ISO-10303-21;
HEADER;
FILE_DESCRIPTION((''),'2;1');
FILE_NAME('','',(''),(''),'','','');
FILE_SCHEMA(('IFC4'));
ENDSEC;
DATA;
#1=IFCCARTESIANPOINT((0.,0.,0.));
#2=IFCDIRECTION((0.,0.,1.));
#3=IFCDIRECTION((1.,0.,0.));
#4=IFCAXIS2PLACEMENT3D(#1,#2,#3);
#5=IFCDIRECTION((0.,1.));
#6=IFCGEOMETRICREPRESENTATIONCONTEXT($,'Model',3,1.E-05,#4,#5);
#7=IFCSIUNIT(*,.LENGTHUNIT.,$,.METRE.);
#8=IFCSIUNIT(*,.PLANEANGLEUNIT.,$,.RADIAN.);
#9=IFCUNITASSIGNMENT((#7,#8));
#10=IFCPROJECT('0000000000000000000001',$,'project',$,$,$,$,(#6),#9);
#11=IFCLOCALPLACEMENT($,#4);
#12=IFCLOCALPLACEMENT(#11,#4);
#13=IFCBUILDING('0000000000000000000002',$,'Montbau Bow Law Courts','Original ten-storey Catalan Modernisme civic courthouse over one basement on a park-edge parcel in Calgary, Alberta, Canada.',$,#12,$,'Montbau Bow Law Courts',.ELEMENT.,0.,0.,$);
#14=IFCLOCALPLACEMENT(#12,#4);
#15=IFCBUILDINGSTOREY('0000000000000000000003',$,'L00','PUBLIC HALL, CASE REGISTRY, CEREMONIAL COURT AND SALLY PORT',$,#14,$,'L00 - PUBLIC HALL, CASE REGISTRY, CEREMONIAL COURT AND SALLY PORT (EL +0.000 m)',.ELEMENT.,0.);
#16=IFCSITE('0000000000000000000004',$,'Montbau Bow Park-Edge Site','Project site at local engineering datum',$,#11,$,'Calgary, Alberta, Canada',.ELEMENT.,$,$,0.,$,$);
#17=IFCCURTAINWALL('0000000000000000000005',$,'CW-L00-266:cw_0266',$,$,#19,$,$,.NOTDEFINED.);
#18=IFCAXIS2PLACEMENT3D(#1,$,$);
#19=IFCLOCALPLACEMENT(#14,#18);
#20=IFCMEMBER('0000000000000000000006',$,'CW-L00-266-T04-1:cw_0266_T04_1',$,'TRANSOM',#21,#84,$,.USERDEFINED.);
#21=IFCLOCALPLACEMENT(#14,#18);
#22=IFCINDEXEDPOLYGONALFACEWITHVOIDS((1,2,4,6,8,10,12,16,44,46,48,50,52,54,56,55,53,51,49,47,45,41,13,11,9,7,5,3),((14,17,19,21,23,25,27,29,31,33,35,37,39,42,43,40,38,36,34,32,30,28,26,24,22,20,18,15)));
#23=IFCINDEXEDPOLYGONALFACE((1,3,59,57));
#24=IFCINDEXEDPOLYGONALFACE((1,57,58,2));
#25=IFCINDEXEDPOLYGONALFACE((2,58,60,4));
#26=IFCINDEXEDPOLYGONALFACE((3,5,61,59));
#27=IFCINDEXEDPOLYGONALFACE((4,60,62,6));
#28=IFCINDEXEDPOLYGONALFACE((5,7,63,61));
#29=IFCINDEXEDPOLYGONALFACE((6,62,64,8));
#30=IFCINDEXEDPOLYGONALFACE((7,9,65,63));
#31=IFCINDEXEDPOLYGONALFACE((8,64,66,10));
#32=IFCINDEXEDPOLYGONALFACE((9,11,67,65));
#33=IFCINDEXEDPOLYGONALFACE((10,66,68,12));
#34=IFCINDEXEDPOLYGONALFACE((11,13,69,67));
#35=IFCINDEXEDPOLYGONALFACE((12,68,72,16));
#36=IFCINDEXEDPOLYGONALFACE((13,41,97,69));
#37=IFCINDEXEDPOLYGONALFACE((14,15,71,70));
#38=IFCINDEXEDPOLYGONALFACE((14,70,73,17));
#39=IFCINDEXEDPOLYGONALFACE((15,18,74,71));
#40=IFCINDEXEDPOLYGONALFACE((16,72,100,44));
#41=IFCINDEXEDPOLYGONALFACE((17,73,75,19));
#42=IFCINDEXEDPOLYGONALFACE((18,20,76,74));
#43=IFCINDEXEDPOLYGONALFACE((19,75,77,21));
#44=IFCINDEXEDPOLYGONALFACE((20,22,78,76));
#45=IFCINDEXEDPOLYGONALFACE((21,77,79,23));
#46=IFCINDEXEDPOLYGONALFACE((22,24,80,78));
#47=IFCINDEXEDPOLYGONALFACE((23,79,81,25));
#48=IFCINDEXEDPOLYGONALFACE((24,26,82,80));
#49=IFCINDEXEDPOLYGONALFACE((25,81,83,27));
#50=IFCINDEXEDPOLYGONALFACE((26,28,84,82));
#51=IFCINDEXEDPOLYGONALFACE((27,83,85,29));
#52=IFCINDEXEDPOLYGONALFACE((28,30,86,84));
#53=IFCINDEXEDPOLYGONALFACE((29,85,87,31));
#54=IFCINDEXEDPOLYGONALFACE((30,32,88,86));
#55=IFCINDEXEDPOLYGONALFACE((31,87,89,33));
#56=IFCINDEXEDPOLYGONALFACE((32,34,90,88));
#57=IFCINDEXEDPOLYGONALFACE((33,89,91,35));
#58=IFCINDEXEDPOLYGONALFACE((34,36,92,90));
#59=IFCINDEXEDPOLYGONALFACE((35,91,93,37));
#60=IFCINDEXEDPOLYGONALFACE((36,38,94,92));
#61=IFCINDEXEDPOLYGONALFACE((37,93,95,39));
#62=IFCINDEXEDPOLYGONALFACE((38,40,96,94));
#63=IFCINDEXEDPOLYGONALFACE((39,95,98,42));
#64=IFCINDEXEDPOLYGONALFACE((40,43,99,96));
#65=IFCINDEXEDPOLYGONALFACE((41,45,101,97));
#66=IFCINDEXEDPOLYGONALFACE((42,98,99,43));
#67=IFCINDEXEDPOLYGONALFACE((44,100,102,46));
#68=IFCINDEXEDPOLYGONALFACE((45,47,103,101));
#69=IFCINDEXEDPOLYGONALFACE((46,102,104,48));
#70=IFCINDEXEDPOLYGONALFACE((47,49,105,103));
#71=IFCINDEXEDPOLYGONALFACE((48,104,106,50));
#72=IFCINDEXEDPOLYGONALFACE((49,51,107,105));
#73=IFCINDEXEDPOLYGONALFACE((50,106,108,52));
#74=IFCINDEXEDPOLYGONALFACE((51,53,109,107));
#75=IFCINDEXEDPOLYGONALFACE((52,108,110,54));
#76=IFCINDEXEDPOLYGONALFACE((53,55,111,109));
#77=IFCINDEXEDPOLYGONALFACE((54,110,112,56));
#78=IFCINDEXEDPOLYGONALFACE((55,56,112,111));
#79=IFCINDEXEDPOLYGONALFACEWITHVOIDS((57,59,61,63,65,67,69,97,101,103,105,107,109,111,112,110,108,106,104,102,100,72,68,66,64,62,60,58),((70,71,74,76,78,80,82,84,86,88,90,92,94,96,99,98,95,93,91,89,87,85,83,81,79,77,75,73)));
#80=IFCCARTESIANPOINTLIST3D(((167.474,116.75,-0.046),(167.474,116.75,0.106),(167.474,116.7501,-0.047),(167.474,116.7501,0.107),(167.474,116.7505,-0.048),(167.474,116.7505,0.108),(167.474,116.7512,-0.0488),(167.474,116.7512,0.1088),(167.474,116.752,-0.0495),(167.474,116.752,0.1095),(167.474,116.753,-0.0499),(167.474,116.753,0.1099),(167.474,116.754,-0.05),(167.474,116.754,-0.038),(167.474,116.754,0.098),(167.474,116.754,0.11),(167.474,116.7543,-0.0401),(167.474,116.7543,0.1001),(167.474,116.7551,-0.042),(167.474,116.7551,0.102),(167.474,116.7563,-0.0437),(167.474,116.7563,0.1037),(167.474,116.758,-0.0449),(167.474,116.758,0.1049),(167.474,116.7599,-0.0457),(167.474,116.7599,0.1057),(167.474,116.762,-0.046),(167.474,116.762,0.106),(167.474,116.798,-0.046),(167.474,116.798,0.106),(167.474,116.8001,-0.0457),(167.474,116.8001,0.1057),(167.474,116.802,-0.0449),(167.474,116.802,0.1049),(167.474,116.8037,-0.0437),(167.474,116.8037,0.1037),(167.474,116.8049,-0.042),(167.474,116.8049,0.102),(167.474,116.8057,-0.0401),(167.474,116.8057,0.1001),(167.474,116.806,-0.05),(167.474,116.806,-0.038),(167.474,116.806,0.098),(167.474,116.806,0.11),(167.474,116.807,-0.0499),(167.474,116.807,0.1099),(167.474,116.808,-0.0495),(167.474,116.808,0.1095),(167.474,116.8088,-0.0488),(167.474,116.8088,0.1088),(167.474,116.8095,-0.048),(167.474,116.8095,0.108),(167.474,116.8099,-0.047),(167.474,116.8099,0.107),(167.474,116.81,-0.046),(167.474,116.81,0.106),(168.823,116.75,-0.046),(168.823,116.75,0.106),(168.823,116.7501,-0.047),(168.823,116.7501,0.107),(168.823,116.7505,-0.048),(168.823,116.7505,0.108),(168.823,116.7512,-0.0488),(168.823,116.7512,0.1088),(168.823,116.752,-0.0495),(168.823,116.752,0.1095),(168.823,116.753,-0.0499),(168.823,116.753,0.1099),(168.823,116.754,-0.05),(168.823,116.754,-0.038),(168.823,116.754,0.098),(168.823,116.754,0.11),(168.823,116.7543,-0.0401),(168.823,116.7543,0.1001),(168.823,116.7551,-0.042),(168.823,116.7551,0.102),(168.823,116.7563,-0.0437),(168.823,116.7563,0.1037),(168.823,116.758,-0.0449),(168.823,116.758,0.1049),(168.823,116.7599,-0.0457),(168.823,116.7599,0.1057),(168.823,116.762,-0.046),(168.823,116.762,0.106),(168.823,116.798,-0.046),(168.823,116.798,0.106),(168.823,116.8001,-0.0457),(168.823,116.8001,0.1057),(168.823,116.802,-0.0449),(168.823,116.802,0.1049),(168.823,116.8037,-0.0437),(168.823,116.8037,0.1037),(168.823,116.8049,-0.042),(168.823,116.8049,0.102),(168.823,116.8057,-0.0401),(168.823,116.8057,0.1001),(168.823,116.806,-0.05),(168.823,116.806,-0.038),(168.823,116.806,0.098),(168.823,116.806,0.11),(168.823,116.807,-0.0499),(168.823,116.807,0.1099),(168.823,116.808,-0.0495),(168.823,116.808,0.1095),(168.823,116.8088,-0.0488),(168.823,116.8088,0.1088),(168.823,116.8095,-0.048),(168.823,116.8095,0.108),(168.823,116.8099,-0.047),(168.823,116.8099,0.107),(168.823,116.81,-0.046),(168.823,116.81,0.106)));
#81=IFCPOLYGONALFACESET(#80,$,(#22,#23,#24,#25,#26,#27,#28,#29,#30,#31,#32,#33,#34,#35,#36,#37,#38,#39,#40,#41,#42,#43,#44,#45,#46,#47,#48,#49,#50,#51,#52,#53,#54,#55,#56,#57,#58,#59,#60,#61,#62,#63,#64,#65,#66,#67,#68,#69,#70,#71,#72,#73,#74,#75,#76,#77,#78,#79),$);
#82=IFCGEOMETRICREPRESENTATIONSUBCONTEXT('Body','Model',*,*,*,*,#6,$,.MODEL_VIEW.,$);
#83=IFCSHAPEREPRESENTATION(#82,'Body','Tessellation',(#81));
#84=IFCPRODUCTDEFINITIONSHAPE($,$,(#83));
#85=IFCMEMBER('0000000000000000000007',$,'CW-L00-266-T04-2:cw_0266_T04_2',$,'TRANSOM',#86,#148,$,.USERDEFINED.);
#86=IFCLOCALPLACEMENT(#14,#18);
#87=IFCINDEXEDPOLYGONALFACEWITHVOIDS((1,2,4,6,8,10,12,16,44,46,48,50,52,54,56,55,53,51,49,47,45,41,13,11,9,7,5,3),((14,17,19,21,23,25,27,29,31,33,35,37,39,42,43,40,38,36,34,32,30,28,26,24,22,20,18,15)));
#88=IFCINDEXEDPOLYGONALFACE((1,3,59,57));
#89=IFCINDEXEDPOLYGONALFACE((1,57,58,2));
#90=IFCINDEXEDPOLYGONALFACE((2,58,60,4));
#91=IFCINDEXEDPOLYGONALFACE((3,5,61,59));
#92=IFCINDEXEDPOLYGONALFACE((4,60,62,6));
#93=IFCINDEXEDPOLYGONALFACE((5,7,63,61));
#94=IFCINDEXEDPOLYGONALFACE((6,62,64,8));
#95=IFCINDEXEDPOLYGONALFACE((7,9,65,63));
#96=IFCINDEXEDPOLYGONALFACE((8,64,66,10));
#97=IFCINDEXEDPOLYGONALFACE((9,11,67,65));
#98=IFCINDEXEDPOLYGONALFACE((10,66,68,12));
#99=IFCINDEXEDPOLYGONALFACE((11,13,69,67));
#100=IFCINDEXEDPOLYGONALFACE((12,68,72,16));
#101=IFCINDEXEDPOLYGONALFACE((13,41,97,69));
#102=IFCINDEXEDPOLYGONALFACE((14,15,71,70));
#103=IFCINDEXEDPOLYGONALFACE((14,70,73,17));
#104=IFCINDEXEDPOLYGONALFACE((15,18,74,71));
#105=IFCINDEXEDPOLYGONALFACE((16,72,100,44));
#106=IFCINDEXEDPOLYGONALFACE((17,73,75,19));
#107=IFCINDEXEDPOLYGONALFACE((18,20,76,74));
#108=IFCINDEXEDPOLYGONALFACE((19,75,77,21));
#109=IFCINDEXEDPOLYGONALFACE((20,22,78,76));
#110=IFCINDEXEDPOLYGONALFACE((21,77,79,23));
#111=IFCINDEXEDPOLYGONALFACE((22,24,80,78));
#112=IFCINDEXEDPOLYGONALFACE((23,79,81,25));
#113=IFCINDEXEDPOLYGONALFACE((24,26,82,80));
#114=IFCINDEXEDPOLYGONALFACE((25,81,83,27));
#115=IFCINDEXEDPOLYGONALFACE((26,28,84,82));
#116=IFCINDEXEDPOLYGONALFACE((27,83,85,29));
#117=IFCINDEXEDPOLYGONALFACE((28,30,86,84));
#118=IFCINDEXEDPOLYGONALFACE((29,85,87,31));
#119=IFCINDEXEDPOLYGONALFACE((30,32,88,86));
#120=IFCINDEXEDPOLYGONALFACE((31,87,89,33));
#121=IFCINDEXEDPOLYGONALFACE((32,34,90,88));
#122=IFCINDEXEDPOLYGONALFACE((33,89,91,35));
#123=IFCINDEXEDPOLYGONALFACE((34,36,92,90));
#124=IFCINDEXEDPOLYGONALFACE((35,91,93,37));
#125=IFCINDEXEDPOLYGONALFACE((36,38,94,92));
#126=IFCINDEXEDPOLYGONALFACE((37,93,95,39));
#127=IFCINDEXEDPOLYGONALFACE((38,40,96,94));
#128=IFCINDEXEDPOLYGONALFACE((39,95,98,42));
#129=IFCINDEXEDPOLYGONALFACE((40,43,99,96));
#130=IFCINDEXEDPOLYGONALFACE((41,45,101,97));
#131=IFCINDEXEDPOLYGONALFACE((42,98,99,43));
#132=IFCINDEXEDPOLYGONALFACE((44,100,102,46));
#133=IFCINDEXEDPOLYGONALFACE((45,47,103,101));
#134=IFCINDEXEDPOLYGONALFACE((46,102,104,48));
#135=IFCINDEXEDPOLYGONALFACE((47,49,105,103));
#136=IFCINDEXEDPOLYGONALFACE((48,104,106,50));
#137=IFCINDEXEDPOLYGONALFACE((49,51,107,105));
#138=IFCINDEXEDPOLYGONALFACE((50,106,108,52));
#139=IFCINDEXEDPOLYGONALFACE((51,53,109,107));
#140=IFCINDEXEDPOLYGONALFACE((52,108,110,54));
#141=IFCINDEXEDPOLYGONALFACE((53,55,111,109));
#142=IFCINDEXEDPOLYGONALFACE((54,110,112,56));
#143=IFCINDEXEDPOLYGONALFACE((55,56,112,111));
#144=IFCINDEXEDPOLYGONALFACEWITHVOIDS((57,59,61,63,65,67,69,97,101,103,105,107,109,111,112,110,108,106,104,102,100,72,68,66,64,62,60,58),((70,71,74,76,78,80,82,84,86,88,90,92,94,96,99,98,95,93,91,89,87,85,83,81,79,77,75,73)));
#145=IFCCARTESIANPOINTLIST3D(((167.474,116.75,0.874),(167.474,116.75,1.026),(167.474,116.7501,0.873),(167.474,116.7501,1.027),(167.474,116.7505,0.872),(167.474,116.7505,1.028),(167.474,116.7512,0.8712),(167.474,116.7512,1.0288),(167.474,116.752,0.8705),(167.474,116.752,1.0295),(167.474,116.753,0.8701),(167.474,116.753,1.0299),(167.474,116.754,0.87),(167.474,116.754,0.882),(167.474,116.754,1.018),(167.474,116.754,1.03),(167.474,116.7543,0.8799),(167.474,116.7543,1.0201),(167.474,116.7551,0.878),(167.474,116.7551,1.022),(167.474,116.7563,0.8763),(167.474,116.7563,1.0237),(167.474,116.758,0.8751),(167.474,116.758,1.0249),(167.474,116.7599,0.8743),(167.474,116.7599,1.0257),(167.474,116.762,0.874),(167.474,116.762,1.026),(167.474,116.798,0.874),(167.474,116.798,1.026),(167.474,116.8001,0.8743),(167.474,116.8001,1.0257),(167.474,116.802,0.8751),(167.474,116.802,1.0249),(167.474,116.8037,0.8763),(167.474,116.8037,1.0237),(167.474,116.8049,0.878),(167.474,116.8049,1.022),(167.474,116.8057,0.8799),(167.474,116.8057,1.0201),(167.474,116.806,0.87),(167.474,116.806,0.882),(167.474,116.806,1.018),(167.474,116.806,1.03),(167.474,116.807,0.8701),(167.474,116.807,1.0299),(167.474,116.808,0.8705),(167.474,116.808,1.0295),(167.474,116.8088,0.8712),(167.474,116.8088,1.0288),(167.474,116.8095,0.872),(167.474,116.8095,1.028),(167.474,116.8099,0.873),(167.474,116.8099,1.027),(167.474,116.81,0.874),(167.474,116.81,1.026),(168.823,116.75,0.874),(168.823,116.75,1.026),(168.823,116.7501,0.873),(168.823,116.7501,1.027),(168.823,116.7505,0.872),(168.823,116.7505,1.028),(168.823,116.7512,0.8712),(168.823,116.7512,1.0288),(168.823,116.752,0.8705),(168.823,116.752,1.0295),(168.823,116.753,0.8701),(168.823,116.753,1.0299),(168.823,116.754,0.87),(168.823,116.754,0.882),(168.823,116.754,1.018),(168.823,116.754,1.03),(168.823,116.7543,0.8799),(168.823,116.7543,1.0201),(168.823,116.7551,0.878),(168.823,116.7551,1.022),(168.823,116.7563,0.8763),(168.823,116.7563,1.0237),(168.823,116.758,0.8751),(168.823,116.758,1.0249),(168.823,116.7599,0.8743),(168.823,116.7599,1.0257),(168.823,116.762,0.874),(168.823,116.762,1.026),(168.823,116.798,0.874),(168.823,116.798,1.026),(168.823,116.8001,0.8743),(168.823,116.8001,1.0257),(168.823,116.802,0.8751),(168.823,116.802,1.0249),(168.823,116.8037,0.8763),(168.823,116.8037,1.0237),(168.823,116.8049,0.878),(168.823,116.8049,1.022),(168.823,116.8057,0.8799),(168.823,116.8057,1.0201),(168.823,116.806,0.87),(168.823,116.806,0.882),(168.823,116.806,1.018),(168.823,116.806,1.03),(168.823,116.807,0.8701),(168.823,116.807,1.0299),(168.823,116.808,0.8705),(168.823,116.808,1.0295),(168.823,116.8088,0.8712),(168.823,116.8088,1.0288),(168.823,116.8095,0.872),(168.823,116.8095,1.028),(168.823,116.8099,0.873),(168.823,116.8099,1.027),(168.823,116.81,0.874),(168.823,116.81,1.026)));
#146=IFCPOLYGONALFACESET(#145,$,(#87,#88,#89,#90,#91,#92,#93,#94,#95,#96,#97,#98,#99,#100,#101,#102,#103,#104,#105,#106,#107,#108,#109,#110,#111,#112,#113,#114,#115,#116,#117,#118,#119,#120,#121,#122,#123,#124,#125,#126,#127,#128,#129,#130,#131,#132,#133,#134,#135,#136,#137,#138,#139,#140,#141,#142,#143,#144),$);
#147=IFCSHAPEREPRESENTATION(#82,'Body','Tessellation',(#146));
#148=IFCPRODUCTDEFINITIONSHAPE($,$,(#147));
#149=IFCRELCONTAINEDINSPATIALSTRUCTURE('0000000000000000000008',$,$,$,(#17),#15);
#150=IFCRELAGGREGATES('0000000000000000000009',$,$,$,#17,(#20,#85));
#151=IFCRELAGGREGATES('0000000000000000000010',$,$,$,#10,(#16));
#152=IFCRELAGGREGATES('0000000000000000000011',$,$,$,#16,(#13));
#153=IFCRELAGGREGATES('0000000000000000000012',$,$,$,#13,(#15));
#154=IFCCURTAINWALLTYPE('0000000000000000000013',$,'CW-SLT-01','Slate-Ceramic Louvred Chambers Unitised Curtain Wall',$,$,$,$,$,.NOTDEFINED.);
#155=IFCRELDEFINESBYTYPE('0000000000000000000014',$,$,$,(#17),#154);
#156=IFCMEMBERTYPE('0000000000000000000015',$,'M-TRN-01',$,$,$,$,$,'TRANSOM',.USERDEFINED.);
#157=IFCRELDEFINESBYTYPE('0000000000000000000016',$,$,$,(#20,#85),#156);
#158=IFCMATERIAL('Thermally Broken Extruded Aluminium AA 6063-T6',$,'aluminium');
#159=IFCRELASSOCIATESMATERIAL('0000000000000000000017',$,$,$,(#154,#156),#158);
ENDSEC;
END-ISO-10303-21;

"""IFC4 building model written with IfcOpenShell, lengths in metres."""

from ifc_helpers import new_model, si_unit, direction, frame, origin_with_axes, origin_2d_with_axis, place, context, subcontext, project, spatial, hollow_rectangle, extrude, material, material_profile, profile_set, type_object, element, aggregate, save


model = new_model("IFC4")

# Units and contexts
model_context = context("Model", 3, precision=1e-05, world=origin_with_axes(), true_north=direction((0.0, 1.0)))
body_context = subcontext(model_context, "Body", "Model", "MODEL_VIEW")
ifc_project = project(units=[si_unit("LENGTHUNIT", "METRE"), si_unit("PLANEANGLEUNIT", "RADIAN")], contexts=[model_context])

# Site, building, storey
site_placement = place(None, origin_with_axes())
site = spatial("IfcSite", under=ifc_project, at=site_placement, Name="Montbau Bow Park-Edge Site", Description="Project site at local engineering datum", LongName="Calgary, Alberta, Canada", CompositionType="ELEMENT", RefElevation=0.0)
building_placement = place(site_placement, origin_with_axes())
building = spatial("IfcBuilding", under=site, at=building_placement, Name="Montbau Bow Law Courts", Description="Original ten-storey Catalan Modernisme civic courthouse over one basement on a park-edge parcel in Calgary, Alberta, Canada.", LongName="Montbau Bow Law Courts", CompositionType="ELEMENT", ElevationOfRefHeight=0.0, ElevationOfTerrain=0.0)
storey_placement = place(building_placement, origin_with_axes())
storey = spatial("IfcBuildingStorey", under=building, at=storey_placement, Name="L00", Description="PUBLIC HALL, CASE REGISTRY, CEREMONIAL COURT AND SALLY PORT", LongName="L00 - PUBLIC HALL, CASE REGISTRY, CEREMONIAL COURT AND SALLY PORT (EL +0.000 m)", CompositionType="ELEMENT", Elevation=0.0)

# Curtain wall, members
ifc_material_1 = material(Name="Thermally Broken Extruded Aluminium AA 6063-T6", Category="aluminium")
curtain_wall_type = type_object("IfcCurtainWallType", Name="CW-SLT-01", Description="Slate-Ceramic Louvred Chambers Unitised Curtain Wall", PredefinedType="NOTDEFINED", material=ifc_material_1)
curtain_wall_1_placement = place(None, frame((163.115, 116.78, 0.0), z_axis=(0.0, 0.0, 1.0), x_axis=(1.0, 0.0, 0.0)))
curtain_wall_1 = element("IfcCurtainWall", 1, at=curtain_wall_1_placement, inside=storey, type_object=curtain_wall_type, Name="CW-L00-266:cw_0266", PredefinedType="NOTDEFINED")
ifc_material_profile_1 = material_profile(ifc_material_1, hollow_rectangle(XDim=0.06, YDim=0.16, WallThickness=0.004, InnerFilletRadius=0.008, OuterFilletRadius=0.004, at=origin_2d_with_axis()), Name="CWT-160X60", Category="Main", Priority=0)
ifc_profile_set_1 = profile_set([ifc_material_profile_1], Name="Thermally Broken Extruded Aluminium AA 6063-T6")
member_type_1 = type_object("IfcMemberType", Name="M-TRN-01", ElementType="TRANSOM", PredefinedType="USERDEFINED", material=ifc_profile_set_1)
member_1_placement = place(None, frame((167.474, 116.78, 0.03), z_axis=(1.0, 0.0, 0.0), x_axis=(0.0, 1.0, 0.0)))
member_1 = element("IfcMember", 2, at=member_1_placement, type_object=member_type_1, Name="CW-L00-266-T04-1:cw_0266_T04_1", ObjectType="TRANSOM", PredefinedType="USERDEFINED", context=body_context, shape_type="SweptSolid", body=[
    extrude(hollow_rectangle(XDim=0.06, YDim=0.16, WallThickness=0.004, InnerFilletRadius=0.008, OuterFilletRadius=0.004, at=origin_2d_with_axis()), origin_with_axes(), (0.0, 0.0, 1.0), 1.349),
])
member_2_placement = place(None, frame((167.474, 116.78, 0.95), z_axis=(1.0, 0.0, 0.0), x_axis=(0.0, 1.0, 0.0)))
member_2 = element("IfcMember", 3, at=member_2_placement, type_object=member_type_1, Name="CW-L00-266-T04-2:cw_0266_T04_2", ObjectType="TRANSOM", PredefinedType="USERDEFINED", context=body_context, shape_type="SweptSolid", body=[
    extrude(hollow_rectangle(XDim=0.06, YDim=0.16, WallThickness=0.004, InnerFilletRadius=0.008, OuterFilletRadius=0.004, at=origin_2d_with_axis()), origin_with_axes(), (0.0, 0.0, 1.0), 1.349),
])

aggregate(curtain_wall_1, [member_1, member_2])

save(model, "model.ifc")
